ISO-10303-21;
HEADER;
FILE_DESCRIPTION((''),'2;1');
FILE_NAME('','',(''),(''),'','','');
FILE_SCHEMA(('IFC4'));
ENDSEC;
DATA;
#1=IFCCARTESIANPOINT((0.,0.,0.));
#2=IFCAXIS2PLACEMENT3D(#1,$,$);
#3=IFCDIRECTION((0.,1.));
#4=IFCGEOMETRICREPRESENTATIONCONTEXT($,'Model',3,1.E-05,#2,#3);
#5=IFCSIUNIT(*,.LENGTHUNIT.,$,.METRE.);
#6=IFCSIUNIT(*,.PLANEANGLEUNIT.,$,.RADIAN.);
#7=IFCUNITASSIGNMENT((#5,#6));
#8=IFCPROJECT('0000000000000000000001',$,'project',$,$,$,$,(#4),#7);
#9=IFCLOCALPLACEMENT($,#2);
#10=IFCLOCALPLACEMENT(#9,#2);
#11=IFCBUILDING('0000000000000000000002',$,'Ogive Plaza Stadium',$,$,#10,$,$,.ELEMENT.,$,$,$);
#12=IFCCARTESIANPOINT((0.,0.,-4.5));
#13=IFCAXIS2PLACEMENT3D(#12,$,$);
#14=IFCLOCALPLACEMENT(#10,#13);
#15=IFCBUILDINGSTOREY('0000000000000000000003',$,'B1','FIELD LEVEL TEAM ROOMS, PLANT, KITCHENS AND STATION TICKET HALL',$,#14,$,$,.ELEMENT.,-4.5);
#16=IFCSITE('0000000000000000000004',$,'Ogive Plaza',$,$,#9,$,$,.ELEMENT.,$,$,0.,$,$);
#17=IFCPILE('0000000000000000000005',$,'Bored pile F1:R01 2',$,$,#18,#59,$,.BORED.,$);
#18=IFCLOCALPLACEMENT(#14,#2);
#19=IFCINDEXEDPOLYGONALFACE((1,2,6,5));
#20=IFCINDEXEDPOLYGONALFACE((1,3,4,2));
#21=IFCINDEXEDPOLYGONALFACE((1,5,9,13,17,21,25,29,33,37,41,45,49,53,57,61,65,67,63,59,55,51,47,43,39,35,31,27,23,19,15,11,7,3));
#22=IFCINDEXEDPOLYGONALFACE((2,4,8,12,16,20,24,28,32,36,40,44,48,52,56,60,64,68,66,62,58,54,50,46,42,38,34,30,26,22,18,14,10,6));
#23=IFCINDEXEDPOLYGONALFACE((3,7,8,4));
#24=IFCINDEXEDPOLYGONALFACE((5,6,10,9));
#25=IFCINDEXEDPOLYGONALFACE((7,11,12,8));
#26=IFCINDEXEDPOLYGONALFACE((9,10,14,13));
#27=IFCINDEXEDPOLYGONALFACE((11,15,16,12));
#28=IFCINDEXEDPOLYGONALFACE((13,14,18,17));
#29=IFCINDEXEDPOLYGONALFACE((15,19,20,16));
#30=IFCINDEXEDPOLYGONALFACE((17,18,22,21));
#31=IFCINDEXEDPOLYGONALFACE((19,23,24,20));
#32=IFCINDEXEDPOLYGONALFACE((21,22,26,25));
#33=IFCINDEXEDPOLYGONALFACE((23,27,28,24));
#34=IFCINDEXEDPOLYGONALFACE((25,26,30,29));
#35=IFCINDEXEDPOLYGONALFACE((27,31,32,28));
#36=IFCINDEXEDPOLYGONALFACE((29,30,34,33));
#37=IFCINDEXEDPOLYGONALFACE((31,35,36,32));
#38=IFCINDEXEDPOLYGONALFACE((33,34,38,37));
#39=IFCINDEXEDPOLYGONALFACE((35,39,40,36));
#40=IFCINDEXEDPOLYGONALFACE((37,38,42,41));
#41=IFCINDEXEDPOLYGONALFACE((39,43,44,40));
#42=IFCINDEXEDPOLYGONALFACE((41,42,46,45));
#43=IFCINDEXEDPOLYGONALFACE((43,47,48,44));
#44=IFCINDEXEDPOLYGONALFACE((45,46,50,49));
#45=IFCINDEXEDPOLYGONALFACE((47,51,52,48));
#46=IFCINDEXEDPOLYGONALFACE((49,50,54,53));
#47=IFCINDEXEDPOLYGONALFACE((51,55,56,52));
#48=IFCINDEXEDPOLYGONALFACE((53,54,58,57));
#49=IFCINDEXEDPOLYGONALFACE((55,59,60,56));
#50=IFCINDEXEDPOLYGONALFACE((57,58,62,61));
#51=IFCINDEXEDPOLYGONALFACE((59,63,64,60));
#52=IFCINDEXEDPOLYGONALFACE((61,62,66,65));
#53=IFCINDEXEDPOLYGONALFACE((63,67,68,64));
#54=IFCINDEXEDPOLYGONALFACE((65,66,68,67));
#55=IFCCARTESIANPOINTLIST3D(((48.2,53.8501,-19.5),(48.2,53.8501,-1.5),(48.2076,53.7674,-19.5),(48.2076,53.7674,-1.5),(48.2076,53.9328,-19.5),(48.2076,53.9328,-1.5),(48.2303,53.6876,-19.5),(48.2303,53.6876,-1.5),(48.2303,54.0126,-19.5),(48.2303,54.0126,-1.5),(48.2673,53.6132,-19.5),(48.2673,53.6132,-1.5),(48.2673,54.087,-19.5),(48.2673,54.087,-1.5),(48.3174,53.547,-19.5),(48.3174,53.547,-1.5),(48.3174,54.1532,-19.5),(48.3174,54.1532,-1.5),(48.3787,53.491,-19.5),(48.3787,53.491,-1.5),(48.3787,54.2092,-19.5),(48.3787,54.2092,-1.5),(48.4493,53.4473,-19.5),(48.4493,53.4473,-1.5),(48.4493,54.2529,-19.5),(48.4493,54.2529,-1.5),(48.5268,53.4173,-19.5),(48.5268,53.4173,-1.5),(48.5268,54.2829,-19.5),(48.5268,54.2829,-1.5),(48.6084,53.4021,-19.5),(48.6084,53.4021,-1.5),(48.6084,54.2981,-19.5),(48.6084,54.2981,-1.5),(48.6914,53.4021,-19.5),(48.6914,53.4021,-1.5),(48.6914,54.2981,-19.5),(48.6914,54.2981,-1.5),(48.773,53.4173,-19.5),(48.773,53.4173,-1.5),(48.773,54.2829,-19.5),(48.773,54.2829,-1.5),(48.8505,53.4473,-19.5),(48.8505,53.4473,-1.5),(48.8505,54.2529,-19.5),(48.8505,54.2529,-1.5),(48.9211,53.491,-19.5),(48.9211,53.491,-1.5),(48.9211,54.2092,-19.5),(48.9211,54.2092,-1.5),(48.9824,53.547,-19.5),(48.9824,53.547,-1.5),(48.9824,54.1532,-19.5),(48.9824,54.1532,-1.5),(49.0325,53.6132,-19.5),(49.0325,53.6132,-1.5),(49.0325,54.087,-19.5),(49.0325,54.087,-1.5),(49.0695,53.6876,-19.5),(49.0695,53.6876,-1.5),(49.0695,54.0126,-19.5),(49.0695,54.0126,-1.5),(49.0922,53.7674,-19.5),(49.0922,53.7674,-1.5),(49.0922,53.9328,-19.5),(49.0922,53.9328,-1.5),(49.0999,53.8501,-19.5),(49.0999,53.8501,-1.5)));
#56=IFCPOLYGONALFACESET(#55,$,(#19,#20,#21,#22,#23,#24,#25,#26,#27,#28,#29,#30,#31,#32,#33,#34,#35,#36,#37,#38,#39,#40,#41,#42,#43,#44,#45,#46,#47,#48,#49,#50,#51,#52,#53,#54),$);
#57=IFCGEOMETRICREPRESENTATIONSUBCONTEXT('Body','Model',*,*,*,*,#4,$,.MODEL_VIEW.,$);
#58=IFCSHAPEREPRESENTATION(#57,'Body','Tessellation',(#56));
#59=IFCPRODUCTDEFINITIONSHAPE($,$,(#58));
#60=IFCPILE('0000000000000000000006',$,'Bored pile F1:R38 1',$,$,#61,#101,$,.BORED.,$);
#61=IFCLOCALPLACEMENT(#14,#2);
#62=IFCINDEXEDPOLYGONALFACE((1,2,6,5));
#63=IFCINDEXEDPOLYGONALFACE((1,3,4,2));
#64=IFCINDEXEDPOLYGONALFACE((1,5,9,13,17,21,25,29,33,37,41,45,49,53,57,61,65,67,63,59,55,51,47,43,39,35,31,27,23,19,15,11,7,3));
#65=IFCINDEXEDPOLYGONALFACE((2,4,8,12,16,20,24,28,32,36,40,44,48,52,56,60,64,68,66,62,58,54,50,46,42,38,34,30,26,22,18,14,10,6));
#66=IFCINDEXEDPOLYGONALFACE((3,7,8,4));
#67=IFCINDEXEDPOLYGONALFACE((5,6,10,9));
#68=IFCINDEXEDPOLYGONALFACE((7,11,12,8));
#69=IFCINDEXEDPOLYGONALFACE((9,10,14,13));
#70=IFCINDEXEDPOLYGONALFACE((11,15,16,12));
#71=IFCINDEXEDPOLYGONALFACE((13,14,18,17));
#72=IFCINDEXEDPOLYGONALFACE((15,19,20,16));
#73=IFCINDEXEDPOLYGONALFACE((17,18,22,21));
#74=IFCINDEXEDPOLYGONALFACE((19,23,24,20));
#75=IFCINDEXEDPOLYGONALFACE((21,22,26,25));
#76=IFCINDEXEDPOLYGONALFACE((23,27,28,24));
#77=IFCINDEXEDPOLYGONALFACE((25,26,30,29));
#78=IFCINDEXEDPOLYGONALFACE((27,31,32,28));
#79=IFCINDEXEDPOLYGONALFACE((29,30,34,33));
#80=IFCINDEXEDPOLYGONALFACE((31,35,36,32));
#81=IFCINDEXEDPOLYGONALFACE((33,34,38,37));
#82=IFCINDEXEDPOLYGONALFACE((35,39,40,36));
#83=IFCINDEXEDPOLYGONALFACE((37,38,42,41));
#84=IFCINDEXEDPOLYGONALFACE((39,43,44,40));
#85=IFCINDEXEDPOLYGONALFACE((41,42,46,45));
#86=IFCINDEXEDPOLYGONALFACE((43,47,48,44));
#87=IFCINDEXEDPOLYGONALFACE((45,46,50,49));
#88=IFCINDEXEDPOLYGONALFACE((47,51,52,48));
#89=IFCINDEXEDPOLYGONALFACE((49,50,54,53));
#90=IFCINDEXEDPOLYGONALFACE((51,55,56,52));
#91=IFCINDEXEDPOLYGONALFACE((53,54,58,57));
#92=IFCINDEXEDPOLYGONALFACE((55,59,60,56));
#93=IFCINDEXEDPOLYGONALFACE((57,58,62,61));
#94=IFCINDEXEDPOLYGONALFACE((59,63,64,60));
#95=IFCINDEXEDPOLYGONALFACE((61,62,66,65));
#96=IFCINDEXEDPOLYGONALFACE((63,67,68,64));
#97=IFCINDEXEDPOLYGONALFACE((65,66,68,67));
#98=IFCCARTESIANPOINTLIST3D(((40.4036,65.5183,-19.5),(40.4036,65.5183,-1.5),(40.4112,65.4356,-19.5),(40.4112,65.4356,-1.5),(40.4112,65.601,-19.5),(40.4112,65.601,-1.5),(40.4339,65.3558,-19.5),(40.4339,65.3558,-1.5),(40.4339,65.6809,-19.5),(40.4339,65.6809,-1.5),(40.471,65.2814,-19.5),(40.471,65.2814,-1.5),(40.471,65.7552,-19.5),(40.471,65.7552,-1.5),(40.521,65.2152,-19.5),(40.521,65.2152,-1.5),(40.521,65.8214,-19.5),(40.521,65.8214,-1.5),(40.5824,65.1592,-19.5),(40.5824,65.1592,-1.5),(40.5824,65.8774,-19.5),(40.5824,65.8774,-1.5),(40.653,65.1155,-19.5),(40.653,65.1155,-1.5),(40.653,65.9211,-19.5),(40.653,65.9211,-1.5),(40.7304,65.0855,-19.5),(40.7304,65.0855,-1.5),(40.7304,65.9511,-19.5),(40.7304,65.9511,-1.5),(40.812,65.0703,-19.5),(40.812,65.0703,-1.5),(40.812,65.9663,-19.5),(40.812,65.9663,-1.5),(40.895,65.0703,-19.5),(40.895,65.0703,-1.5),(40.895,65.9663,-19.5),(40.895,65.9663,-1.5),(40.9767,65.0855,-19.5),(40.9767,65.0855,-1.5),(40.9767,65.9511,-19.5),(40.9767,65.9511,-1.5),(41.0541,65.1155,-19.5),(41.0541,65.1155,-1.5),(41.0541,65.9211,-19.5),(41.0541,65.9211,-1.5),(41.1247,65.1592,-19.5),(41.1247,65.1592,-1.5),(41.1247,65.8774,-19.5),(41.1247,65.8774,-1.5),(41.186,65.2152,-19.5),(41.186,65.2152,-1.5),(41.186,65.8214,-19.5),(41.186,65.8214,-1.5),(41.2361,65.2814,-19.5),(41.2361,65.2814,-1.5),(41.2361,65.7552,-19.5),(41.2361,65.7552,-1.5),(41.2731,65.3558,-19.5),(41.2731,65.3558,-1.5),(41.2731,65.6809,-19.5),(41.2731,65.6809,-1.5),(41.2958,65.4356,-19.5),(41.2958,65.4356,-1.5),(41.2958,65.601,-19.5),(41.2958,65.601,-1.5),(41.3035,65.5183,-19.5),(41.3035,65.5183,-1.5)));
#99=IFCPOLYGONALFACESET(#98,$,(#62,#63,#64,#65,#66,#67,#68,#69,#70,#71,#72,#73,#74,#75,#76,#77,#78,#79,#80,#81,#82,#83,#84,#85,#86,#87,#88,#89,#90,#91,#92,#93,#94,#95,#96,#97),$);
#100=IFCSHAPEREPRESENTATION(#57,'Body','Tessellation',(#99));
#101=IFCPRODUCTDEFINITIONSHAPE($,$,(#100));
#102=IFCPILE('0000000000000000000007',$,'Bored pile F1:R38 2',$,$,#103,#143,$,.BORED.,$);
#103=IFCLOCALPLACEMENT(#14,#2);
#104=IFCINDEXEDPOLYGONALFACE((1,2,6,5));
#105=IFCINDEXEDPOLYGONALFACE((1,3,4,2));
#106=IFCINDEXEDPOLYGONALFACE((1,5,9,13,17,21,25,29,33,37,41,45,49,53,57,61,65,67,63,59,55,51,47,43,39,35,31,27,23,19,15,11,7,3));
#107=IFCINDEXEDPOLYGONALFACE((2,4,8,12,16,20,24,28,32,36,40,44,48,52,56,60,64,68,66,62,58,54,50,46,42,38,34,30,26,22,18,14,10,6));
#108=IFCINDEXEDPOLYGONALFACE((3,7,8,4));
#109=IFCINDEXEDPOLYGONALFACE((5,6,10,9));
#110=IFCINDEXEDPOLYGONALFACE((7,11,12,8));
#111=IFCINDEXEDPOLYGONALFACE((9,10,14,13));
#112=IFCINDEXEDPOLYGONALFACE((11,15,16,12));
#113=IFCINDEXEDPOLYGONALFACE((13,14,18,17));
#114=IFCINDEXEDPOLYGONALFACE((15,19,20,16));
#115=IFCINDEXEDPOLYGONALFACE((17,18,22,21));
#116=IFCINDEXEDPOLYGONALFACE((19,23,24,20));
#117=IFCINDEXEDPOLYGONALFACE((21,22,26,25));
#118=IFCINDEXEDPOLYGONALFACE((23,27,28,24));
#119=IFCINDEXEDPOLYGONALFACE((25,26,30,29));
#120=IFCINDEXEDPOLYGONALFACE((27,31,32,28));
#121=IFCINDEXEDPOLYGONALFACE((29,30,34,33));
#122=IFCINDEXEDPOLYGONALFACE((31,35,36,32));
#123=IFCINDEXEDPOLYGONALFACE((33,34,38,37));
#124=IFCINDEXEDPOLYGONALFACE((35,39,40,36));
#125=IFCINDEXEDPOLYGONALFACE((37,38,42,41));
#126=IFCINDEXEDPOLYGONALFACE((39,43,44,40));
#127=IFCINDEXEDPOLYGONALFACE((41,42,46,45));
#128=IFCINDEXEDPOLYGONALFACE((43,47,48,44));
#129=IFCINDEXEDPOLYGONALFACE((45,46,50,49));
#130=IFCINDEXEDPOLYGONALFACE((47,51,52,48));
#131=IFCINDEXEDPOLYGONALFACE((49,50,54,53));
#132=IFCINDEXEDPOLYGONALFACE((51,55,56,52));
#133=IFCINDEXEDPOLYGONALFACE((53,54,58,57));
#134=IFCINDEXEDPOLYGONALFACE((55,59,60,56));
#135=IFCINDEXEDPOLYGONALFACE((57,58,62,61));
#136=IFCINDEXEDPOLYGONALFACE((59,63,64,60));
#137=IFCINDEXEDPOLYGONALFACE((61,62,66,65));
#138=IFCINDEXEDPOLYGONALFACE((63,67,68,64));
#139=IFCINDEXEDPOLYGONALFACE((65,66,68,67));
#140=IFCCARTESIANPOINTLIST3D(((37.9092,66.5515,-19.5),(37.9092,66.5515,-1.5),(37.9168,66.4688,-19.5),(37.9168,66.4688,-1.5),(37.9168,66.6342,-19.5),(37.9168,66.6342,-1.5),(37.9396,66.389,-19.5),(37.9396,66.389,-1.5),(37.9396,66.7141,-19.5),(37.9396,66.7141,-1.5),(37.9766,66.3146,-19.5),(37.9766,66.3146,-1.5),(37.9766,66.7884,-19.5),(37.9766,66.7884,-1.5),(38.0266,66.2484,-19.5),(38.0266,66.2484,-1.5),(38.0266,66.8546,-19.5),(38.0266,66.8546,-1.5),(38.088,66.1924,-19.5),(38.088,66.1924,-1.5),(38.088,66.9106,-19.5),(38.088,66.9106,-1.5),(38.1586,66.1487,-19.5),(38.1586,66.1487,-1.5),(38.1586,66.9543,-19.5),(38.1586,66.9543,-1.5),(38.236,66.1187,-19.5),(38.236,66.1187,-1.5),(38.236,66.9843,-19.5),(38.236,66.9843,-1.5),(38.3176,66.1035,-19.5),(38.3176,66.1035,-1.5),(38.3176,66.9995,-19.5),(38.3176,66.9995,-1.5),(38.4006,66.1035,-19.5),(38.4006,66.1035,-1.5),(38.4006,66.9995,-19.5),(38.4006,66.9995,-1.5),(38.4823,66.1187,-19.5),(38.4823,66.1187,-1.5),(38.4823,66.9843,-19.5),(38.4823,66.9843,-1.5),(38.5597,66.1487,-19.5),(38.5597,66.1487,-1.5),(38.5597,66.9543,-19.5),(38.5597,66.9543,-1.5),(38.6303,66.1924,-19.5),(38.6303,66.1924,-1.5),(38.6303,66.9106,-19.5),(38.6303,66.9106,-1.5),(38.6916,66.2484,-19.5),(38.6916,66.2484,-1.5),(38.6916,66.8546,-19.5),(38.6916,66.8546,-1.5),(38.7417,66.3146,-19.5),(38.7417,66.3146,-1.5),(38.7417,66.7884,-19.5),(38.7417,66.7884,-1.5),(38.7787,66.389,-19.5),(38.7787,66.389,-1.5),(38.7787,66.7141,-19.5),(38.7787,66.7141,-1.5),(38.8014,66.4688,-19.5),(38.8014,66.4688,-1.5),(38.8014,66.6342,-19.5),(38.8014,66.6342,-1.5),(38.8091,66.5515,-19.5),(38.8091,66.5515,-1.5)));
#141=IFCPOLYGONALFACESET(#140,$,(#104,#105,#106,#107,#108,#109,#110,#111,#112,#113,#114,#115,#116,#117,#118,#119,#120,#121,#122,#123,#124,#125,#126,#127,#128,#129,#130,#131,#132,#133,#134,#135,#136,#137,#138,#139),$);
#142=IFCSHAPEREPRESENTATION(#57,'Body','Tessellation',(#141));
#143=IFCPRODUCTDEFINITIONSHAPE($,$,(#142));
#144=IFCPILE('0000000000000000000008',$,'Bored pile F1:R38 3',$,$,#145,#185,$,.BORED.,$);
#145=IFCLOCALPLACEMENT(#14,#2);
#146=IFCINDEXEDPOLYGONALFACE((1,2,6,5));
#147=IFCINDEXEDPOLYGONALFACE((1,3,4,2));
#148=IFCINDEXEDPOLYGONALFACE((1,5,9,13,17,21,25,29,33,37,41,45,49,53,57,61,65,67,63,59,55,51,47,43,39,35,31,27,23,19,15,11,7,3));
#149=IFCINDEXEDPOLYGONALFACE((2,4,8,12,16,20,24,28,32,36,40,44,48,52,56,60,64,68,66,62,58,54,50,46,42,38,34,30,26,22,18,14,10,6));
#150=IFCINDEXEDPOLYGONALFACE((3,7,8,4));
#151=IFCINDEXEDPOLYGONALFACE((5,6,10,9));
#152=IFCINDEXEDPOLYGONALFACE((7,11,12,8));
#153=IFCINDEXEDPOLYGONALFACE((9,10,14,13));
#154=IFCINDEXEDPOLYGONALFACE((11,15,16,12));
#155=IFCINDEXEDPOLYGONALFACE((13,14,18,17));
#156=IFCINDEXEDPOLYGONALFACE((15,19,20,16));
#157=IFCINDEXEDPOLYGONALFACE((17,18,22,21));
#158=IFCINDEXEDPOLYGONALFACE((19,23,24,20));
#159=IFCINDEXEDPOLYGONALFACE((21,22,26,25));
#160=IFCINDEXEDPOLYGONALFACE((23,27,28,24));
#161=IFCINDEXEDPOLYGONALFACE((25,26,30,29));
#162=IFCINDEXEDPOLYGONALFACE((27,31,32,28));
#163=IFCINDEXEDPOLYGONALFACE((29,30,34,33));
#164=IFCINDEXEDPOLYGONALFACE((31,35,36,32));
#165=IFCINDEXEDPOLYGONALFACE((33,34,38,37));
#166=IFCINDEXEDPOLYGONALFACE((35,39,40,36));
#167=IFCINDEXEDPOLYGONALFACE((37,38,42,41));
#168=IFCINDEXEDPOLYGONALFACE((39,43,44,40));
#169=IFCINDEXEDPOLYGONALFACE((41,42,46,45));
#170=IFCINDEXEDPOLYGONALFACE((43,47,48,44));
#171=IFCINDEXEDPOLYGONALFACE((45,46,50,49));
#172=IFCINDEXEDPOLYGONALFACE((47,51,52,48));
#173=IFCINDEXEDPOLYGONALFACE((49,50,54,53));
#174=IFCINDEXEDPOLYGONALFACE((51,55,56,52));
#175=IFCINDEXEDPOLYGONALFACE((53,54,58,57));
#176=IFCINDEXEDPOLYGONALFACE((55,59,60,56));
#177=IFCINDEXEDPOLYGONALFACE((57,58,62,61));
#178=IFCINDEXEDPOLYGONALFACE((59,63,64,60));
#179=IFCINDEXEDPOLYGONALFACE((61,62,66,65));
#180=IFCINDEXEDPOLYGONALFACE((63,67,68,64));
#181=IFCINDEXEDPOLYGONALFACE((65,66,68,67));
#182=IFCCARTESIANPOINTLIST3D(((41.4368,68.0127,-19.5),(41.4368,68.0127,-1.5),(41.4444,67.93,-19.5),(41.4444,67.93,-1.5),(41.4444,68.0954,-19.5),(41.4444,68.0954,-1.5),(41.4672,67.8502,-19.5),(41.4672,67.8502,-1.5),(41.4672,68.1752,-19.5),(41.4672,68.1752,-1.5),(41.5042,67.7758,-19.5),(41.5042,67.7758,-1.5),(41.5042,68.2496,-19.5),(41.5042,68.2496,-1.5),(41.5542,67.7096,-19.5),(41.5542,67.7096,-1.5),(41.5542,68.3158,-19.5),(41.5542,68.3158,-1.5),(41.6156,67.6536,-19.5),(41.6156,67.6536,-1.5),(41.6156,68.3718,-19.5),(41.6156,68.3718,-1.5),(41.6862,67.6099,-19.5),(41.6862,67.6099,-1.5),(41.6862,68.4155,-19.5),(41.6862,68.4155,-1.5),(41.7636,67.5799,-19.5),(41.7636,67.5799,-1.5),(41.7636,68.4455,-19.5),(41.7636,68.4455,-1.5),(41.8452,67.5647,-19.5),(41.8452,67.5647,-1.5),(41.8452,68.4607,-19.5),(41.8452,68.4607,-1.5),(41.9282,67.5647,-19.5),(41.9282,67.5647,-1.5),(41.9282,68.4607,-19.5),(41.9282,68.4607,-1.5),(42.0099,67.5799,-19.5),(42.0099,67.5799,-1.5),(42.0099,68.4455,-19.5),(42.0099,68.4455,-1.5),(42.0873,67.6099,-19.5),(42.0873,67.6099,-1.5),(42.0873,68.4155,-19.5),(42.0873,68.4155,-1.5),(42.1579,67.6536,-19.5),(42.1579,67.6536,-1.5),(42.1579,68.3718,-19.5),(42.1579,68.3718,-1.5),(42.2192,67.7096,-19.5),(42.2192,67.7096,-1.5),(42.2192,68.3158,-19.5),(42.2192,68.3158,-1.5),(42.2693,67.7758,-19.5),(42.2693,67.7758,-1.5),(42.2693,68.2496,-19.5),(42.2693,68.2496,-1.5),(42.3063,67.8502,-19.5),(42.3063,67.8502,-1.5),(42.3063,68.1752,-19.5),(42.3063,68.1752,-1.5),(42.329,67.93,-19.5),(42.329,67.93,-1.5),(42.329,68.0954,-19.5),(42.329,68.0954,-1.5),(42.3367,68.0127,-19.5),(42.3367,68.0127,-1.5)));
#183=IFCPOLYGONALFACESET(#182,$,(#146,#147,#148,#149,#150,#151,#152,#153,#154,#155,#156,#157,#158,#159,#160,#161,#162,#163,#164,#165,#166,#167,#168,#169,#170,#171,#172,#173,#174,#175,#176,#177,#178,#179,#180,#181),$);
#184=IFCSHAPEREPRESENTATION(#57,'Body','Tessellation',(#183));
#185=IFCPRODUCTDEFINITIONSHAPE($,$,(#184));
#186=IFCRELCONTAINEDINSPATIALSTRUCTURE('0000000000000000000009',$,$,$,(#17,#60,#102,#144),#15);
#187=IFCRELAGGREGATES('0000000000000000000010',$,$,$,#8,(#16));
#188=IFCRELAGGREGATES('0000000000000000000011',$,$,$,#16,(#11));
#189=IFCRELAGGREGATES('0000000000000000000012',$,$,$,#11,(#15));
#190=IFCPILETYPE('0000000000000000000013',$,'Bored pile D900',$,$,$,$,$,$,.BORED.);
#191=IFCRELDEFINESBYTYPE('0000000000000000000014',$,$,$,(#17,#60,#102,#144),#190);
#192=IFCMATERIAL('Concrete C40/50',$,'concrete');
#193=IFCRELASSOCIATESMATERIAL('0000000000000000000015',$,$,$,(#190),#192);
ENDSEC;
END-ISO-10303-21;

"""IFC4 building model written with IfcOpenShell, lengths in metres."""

from ifc_helpers import new_model, si_unit, direction, frame, origin, origin_2d, place, context, subcontext, project, spatial, circle, extrude, material, material_profile, profile_set, type_object, element, save


model = new_model("IFC4")

# Units and contexts
model_context = context("Model", 3, precision=1e-05, world=origin(), true_north=direction((0.0, 1.0)))
body_context = subcontext(model_context, "Body", "Model", "MODEL_VIEW")
ifc_project = project(units=[si_unit("LENGTHUNIT", "METRE"), si_unit("PLANEANGLEUNIT", "RADIAN")], contexts=[model_context])

# Site, building, storey
site_placement = place(None, origin())
site = spatial("IfcSite", under=ifc_project, at=site_placement, Name="Ogive Plaza", CompositionType="ELEMENT", RefElevation=0.0)
building_placement = place(site_placement, origin())
building = spatial("IfcBuilding", under=site, at=building_placement, Name="Ogive Plaza Stadium", CompositionType="ELEMENT")
storey_placement = place(building_placement, frame((0.0, 0.0, -4.5)))
storey = spatial("IfcBuildingStorey", under=building, at=storey_placement, Name="B1", Description="FIELD LEVEL TEAM ROOMS, PLANT, KITCHENS AND STATION TICKET HALL", CompositionType="ELEMENT", Elevation=-4.5)

# Piles
ifc_material_1 = material(Name="Concrete C40/50", Category="concrete")
ifc_material_profile_1 = material_profile(ifc_material_1, circle(Radius=0.45, at=origin_2d()), Name="RC D900")
ifc_profile_set_1 = profile_set([ifc_material_profile_1], Name="Concrete C40/50")
pile_type = type_object("IfcPileType", Name="Bored pile D900", PredefinedType="BORED", material=ifc_profile_set_1)
for number, where, z_axis, x_axis, name in (
    (1, (48.6499, 53.8501, -1.5), (0.0, 0.0, -1.0), (1.0, 0.0, 0.0), "Bored pile F1:R01 2"),
    (2, (40.8535, 65.5183, -1.5), (0.0, 0.0, -1.0), (1.0, 0.0, 0.0), "Bored pile F1:R38 1"),
    (3, (38.3591, 66.5515, -1.5), (0.0, 0.0, -1.0), (1.0, 0.0, 0.0), "Bored pile F1:R38 2"),
    (4, (41.8867, 68.0127, -1.5), (0.0, 0.0, -1.0), (1.0, 0.0, 0.0), "Bored pile F1:R38 3"),
):
    element("IfcPile", number, at=place(storey_placement, frame(where, z_axis=z_axis, x_axis=x_axis)), inside=storey, type_object=pile_type, Name=name, PredefinedType="BORED", context=body_context, shape_type="SweptSolid", body=[
        extrude(circle(Radius=0.45, at=origin_2d()), origin(), (0.0, 0.0, 1.0), 18.0),
    ])

save(model, "model.ifc")
